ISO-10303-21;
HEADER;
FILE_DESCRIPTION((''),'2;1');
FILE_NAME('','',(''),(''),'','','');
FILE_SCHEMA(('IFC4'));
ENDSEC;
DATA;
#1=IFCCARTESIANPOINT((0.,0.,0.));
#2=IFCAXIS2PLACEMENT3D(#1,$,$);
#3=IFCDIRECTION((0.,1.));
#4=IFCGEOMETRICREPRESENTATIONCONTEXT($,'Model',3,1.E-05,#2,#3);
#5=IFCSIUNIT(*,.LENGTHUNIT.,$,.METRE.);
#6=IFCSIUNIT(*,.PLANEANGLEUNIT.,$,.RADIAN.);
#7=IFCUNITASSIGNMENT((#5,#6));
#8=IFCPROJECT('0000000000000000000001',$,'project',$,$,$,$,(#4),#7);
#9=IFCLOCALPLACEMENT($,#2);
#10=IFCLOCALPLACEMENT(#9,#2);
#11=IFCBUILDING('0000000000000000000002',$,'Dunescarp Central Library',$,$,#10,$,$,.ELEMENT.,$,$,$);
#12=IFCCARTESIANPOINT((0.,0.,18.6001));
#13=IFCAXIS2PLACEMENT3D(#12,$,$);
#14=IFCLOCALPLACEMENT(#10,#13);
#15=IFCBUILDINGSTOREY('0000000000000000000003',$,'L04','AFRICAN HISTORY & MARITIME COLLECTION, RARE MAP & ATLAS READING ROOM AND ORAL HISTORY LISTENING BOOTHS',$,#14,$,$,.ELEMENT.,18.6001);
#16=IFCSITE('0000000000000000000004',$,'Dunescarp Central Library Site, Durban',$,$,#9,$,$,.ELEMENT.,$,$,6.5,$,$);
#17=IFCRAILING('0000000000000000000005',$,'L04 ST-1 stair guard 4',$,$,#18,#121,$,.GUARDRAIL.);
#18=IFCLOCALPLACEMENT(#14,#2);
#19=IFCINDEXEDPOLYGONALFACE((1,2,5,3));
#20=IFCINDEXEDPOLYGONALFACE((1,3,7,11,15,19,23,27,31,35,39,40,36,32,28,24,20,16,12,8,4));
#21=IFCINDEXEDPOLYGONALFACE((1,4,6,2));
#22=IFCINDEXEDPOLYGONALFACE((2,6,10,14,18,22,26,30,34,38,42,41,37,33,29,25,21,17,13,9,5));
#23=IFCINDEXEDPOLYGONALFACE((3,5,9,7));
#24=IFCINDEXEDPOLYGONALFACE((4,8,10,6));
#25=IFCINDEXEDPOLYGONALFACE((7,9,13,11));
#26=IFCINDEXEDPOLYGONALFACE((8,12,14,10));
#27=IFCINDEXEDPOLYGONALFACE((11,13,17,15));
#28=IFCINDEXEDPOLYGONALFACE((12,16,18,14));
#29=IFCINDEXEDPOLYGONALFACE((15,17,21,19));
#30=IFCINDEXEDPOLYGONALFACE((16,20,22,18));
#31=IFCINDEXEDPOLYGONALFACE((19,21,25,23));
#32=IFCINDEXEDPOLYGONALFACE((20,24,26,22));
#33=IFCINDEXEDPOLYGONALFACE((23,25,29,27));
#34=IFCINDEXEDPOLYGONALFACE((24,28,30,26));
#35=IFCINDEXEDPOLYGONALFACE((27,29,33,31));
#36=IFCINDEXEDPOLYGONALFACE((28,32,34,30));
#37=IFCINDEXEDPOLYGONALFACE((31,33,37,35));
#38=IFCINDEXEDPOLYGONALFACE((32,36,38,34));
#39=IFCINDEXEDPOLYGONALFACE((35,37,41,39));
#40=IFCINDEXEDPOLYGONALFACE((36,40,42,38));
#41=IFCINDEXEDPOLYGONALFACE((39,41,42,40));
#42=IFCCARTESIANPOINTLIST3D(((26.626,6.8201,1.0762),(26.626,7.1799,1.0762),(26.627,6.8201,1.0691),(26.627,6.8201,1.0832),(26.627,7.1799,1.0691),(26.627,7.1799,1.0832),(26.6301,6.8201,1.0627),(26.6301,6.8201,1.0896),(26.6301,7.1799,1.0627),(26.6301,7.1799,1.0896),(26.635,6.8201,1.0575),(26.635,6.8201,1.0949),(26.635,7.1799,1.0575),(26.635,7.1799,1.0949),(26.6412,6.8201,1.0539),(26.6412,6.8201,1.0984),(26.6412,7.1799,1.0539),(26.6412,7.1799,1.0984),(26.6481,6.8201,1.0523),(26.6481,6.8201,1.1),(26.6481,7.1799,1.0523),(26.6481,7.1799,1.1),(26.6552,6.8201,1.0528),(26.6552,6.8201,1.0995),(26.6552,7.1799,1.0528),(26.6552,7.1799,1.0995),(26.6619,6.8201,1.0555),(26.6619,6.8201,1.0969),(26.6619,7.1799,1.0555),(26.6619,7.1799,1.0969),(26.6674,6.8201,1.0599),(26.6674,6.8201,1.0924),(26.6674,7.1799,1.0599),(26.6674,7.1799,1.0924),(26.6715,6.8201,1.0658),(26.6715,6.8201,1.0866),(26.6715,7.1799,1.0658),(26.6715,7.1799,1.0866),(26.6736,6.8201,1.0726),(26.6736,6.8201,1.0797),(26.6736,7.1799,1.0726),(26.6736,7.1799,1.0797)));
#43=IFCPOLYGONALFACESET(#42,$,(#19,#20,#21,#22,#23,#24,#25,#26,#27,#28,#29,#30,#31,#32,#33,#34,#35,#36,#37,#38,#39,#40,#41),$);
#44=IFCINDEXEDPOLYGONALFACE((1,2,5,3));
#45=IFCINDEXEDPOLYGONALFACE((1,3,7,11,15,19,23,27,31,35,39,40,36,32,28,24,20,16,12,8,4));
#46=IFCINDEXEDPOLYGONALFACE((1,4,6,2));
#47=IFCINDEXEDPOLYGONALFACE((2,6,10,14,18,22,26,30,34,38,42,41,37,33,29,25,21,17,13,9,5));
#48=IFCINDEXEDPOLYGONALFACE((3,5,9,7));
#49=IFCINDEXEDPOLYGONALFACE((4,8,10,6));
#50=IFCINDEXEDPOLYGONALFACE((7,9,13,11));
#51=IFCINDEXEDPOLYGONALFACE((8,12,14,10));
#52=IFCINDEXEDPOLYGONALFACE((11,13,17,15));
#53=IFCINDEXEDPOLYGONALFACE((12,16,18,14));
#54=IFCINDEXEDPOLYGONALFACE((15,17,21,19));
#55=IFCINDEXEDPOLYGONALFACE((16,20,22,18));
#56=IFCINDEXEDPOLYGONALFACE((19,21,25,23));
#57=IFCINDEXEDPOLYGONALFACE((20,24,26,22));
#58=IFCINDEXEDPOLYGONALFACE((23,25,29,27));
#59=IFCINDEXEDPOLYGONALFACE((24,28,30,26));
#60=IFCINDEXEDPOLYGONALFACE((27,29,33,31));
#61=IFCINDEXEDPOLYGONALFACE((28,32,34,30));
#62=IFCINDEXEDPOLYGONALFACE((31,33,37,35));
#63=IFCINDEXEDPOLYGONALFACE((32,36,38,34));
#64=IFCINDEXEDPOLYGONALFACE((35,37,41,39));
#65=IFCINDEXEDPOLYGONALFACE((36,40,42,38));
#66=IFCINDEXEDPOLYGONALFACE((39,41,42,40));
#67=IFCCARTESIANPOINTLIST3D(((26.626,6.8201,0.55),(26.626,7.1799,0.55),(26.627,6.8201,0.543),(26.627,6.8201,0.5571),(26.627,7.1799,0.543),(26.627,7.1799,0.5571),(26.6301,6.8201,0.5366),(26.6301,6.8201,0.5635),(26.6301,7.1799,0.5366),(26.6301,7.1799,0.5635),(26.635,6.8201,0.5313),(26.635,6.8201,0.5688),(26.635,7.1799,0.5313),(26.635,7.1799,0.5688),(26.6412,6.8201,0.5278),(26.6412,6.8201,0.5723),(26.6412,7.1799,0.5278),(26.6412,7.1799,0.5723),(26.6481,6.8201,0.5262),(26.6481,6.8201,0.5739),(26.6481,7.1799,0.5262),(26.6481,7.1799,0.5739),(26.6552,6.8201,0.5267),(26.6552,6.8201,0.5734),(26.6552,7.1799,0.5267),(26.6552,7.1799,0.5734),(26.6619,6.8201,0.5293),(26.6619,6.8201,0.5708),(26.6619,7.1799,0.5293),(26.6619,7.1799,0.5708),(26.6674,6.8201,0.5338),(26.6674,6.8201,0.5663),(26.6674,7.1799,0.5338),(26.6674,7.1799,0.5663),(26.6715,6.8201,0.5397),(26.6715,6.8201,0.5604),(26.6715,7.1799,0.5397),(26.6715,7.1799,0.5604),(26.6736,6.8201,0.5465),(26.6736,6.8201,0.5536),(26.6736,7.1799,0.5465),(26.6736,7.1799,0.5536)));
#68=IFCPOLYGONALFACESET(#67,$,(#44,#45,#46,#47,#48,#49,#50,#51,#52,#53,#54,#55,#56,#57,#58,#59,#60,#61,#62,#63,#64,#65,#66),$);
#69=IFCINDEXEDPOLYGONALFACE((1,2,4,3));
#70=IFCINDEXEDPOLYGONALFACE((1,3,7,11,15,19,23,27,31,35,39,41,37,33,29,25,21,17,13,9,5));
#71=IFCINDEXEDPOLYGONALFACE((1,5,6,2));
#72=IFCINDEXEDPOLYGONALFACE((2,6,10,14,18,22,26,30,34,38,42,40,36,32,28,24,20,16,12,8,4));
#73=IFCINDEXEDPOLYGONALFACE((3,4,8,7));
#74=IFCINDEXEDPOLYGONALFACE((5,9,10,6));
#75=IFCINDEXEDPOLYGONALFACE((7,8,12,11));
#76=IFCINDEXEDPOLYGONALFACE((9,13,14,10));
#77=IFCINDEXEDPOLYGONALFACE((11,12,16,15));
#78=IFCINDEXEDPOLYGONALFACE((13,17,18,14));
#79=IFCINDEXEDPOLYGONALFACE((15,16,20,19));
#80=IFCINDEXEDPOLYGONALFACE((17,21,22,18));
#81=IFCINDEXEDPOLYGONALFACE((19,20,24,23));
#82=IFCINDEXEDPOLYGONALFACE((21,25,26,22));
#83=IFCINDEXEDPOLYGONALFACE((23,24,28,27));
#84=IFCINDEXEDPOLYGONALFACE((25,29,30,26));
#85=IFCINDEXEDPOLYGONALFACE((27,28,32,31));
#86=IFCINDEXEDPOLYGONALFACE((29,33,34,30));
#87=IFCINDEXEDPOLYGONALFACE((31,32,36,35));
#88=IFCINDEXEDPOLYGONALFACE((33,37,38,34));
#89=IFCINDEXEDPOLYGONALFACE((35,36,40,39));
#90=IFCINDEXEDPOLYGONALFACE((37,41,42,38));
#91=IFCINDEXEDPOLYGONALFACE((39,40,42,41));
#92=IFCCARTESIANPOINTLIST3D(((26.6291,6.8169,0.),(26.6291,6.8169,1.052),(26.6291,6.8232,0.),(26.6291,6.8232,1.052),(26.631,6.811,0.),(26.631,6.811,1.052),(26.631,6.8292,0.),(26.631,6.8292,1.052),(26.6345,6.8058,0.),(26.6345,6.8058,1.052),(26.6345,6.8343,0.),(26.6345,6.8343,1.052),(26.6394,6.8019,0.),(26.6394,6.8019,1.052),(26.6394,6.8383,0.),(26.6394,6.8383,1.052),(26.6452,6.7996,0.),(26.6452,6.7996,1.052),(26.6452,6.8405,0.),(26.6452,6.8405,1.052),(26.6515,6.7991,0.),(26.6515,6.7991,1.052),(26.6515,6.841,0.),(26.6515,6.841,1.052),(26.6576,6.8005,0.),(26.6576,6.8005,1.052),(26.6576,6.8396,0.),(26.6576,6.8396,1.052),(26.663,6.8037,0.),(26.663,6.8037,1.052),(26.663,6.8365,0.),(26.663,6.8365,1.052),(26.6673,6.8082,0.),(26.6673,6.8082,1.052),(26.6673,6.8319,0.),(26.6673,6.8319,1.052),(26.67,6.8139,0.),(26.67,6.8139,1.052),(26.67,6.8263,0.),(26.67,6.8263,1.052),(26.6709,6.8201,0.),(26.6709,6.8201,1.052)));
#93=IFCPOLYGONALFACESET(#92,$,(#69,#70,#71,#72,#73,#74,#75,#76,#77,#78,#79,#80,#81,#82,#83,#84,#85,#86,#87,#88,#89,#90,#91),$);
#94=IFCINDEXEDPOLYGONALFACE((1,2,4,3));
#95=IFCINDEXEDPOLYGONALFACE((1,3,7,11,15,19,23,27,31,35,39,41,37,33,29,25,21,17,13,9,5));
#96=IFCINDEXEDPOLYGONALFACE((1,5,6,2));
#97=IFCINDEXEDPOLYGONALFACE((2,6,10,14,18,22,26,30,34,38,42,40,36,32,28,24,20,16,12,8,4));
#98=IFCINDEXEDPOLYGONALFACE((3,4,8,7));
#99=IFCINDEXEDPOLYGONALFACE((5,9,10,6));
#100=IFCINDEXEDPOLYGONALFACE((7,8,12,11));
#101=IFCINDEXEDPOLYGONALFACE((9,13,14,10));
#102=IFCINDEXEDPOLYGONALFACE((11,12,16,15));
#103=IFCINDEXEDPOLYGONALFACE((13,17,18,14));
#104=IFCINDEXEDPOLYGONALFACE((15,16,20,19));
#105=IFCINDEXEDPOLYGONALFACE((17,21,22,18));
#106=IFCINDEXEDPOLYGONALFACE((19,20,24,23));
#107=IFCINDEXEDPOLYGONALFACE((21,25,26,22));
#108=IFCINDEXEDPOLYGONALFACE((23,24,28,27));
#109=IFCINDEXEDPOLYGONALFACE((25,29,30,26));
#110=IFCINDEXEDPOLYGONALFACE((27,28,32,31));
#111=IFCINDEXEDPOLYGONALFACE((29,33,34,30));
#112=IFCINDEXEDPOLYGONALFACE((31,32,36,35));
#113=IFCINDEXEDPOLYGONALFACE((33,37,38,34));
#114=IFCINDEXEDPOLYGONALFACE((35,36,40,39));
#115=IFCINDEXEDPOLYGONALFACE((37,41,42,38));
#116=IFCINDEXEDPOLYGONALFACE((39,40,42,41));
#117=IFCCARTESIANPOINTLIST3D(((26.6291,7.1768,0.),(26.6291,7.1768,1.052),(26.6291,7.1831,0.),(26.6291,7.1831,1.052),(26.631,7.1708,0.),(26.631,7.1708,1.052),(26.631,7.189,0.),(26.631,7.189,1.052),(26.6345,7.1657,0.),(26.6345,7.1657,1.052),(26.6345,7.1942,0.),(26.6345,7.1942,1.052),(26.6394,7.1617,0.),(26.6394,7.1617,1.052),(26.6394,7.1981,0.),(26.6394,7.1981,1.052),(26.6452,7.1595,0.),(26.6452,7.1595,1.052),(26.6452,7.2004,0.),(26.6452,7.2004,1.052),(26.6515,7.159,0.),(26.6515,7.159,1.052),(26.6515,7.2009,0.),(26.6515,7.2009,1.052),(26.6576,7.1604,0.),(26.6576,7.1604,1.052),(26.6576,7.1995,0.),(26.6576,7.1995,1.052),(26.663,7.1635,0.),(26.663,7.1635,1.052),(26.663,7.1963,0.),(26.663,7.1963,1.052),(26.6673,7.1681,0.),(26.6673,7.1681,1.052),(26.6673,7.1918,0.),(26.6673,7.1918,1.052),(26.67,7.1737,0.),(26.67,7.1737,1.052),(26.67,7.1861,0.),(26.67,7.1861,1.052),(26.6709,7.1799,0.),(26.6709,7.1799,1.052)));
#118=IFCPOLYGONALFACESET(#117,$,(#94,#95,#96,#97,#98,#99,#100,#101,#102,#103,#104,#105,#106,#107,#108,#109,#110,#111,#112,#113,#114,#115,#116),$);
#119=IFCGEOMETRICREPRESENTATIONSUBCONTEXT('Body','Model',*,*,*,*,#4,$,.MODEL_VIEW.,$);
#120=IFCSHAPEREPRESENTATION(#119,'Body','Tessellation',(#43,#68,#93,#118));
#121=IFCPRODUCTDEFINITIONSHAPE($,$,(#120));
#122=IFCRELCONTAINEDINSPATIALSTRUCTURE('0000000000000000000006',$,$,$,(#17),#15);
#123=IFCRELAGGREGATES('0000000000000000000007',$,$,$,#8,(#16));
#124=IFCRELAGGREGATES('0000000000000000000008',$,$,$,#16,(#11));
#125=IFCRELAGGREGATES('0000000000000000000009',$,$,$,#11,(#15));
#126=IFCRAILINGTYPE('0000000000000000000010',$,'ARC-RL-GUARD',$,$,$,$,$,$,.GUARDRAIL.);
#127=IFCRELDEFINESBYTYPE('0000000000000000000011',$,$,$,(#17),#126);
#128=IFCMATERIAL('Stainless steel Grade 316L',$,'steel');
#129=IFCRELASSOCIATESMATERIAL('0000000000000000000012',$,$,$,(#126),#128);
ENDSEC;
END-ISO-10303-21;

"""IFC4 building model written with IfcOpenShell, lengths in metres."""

from ifc_helpers import new_model, si_unit, direction, frame, origin, origin_2d, place, context, subcontext, project, spatial, circle, extrude, material, type_object, element, save


model = new_model("IFC4")

# Units and contexts
model_context = context("Model", 3, precision=1e-05, world=origin(), true_north=direction((0.0, 1.0)))
body_context = subcontext(model_context, "Body", "Model", "MODEL_VIEW")
ifc_project = project(units=[si_unit("LENGTHUNIT", "METRE"), si_unit("PLANEANGLEUNIT", "RADIAN")], contexts=[model_context])

# Site, building, storey
site_placement = place(None, origin())
site = spatial("IfcSite", under=ifc_project, at=site_placement, Name="Dunescarp Central Library Site, Durban", CompositionType="ELEMENT", RefElevation=6.5)
building_placement = place(site_placement, origin())
building = spatial("IfcBuilding", under=site, at=building_placement, Name="Dunescarp Central Library", CompositionType="ELEMENT")
storey_placement = place(building_placement, frame((0.0, 0.0, 18.6001)))
storey = spatial("IfcBuildingStorey", under=building, at=storey_placement, Name="L04", Description="AFRICAN HISTORY & MARITIME COLLECTION, RARE MAP & ATLAS READING ROOM AND ORAL HISTORY LISTENING BOOTHS", CompositionType="ELEMENT", Elevation=18.6001)

# Railing
ifc_material_1 = material(Name="Stainless steel Grade 316L", Category="steel")
railing_type_1 = type_object("IfcRailingType", Name="ARC-RL-GUARD", PredefinedType="GUARDRAIL", material=ifc_material_1)
railing_1_placement = place(storey_placement, frame((26.6499, 6.8201, 0.0)))
element("IfcRailing", 1, at=railing_1_placement, inside=storey, type_object=railing_type_1, Name="L04 ST-1 stair guard 4", PredefinedType="GUARDRAIL", context=body_context, shape_type="SweptSolid", body=[
    extrude(circle(Radius=0.0239, at=origin_2d()), frame((0.0, 0.0, 1.0762), z_axis=(0.0, 1.0, 0.0), x_axis=(-1.0, 0.0, 0.0)), (0.0, 0.0, 1.0), 0.3599),
    extrude(circle(Radius=0.0239, at=origin_2d()), frame((0.0, 0.0, 0.55), z_axis=(0.0, 1.0, 0.0), x_axis=(-1.0, 0.0, 0.0)), (0.0, 0.0, 1.0), 0.3599),
    extrude(circle(Radius=0.021, at=origin_2d()), origin(), (0.0, 0.0, 1.0), 1.052),
    extrude(circle(Radius=0.021, at=origin_2d()), frame((0.0, 0.3599, 0.0)), (0.0, 0.0, 1.0), 1.052),
])

save(model, "model.ifc")
